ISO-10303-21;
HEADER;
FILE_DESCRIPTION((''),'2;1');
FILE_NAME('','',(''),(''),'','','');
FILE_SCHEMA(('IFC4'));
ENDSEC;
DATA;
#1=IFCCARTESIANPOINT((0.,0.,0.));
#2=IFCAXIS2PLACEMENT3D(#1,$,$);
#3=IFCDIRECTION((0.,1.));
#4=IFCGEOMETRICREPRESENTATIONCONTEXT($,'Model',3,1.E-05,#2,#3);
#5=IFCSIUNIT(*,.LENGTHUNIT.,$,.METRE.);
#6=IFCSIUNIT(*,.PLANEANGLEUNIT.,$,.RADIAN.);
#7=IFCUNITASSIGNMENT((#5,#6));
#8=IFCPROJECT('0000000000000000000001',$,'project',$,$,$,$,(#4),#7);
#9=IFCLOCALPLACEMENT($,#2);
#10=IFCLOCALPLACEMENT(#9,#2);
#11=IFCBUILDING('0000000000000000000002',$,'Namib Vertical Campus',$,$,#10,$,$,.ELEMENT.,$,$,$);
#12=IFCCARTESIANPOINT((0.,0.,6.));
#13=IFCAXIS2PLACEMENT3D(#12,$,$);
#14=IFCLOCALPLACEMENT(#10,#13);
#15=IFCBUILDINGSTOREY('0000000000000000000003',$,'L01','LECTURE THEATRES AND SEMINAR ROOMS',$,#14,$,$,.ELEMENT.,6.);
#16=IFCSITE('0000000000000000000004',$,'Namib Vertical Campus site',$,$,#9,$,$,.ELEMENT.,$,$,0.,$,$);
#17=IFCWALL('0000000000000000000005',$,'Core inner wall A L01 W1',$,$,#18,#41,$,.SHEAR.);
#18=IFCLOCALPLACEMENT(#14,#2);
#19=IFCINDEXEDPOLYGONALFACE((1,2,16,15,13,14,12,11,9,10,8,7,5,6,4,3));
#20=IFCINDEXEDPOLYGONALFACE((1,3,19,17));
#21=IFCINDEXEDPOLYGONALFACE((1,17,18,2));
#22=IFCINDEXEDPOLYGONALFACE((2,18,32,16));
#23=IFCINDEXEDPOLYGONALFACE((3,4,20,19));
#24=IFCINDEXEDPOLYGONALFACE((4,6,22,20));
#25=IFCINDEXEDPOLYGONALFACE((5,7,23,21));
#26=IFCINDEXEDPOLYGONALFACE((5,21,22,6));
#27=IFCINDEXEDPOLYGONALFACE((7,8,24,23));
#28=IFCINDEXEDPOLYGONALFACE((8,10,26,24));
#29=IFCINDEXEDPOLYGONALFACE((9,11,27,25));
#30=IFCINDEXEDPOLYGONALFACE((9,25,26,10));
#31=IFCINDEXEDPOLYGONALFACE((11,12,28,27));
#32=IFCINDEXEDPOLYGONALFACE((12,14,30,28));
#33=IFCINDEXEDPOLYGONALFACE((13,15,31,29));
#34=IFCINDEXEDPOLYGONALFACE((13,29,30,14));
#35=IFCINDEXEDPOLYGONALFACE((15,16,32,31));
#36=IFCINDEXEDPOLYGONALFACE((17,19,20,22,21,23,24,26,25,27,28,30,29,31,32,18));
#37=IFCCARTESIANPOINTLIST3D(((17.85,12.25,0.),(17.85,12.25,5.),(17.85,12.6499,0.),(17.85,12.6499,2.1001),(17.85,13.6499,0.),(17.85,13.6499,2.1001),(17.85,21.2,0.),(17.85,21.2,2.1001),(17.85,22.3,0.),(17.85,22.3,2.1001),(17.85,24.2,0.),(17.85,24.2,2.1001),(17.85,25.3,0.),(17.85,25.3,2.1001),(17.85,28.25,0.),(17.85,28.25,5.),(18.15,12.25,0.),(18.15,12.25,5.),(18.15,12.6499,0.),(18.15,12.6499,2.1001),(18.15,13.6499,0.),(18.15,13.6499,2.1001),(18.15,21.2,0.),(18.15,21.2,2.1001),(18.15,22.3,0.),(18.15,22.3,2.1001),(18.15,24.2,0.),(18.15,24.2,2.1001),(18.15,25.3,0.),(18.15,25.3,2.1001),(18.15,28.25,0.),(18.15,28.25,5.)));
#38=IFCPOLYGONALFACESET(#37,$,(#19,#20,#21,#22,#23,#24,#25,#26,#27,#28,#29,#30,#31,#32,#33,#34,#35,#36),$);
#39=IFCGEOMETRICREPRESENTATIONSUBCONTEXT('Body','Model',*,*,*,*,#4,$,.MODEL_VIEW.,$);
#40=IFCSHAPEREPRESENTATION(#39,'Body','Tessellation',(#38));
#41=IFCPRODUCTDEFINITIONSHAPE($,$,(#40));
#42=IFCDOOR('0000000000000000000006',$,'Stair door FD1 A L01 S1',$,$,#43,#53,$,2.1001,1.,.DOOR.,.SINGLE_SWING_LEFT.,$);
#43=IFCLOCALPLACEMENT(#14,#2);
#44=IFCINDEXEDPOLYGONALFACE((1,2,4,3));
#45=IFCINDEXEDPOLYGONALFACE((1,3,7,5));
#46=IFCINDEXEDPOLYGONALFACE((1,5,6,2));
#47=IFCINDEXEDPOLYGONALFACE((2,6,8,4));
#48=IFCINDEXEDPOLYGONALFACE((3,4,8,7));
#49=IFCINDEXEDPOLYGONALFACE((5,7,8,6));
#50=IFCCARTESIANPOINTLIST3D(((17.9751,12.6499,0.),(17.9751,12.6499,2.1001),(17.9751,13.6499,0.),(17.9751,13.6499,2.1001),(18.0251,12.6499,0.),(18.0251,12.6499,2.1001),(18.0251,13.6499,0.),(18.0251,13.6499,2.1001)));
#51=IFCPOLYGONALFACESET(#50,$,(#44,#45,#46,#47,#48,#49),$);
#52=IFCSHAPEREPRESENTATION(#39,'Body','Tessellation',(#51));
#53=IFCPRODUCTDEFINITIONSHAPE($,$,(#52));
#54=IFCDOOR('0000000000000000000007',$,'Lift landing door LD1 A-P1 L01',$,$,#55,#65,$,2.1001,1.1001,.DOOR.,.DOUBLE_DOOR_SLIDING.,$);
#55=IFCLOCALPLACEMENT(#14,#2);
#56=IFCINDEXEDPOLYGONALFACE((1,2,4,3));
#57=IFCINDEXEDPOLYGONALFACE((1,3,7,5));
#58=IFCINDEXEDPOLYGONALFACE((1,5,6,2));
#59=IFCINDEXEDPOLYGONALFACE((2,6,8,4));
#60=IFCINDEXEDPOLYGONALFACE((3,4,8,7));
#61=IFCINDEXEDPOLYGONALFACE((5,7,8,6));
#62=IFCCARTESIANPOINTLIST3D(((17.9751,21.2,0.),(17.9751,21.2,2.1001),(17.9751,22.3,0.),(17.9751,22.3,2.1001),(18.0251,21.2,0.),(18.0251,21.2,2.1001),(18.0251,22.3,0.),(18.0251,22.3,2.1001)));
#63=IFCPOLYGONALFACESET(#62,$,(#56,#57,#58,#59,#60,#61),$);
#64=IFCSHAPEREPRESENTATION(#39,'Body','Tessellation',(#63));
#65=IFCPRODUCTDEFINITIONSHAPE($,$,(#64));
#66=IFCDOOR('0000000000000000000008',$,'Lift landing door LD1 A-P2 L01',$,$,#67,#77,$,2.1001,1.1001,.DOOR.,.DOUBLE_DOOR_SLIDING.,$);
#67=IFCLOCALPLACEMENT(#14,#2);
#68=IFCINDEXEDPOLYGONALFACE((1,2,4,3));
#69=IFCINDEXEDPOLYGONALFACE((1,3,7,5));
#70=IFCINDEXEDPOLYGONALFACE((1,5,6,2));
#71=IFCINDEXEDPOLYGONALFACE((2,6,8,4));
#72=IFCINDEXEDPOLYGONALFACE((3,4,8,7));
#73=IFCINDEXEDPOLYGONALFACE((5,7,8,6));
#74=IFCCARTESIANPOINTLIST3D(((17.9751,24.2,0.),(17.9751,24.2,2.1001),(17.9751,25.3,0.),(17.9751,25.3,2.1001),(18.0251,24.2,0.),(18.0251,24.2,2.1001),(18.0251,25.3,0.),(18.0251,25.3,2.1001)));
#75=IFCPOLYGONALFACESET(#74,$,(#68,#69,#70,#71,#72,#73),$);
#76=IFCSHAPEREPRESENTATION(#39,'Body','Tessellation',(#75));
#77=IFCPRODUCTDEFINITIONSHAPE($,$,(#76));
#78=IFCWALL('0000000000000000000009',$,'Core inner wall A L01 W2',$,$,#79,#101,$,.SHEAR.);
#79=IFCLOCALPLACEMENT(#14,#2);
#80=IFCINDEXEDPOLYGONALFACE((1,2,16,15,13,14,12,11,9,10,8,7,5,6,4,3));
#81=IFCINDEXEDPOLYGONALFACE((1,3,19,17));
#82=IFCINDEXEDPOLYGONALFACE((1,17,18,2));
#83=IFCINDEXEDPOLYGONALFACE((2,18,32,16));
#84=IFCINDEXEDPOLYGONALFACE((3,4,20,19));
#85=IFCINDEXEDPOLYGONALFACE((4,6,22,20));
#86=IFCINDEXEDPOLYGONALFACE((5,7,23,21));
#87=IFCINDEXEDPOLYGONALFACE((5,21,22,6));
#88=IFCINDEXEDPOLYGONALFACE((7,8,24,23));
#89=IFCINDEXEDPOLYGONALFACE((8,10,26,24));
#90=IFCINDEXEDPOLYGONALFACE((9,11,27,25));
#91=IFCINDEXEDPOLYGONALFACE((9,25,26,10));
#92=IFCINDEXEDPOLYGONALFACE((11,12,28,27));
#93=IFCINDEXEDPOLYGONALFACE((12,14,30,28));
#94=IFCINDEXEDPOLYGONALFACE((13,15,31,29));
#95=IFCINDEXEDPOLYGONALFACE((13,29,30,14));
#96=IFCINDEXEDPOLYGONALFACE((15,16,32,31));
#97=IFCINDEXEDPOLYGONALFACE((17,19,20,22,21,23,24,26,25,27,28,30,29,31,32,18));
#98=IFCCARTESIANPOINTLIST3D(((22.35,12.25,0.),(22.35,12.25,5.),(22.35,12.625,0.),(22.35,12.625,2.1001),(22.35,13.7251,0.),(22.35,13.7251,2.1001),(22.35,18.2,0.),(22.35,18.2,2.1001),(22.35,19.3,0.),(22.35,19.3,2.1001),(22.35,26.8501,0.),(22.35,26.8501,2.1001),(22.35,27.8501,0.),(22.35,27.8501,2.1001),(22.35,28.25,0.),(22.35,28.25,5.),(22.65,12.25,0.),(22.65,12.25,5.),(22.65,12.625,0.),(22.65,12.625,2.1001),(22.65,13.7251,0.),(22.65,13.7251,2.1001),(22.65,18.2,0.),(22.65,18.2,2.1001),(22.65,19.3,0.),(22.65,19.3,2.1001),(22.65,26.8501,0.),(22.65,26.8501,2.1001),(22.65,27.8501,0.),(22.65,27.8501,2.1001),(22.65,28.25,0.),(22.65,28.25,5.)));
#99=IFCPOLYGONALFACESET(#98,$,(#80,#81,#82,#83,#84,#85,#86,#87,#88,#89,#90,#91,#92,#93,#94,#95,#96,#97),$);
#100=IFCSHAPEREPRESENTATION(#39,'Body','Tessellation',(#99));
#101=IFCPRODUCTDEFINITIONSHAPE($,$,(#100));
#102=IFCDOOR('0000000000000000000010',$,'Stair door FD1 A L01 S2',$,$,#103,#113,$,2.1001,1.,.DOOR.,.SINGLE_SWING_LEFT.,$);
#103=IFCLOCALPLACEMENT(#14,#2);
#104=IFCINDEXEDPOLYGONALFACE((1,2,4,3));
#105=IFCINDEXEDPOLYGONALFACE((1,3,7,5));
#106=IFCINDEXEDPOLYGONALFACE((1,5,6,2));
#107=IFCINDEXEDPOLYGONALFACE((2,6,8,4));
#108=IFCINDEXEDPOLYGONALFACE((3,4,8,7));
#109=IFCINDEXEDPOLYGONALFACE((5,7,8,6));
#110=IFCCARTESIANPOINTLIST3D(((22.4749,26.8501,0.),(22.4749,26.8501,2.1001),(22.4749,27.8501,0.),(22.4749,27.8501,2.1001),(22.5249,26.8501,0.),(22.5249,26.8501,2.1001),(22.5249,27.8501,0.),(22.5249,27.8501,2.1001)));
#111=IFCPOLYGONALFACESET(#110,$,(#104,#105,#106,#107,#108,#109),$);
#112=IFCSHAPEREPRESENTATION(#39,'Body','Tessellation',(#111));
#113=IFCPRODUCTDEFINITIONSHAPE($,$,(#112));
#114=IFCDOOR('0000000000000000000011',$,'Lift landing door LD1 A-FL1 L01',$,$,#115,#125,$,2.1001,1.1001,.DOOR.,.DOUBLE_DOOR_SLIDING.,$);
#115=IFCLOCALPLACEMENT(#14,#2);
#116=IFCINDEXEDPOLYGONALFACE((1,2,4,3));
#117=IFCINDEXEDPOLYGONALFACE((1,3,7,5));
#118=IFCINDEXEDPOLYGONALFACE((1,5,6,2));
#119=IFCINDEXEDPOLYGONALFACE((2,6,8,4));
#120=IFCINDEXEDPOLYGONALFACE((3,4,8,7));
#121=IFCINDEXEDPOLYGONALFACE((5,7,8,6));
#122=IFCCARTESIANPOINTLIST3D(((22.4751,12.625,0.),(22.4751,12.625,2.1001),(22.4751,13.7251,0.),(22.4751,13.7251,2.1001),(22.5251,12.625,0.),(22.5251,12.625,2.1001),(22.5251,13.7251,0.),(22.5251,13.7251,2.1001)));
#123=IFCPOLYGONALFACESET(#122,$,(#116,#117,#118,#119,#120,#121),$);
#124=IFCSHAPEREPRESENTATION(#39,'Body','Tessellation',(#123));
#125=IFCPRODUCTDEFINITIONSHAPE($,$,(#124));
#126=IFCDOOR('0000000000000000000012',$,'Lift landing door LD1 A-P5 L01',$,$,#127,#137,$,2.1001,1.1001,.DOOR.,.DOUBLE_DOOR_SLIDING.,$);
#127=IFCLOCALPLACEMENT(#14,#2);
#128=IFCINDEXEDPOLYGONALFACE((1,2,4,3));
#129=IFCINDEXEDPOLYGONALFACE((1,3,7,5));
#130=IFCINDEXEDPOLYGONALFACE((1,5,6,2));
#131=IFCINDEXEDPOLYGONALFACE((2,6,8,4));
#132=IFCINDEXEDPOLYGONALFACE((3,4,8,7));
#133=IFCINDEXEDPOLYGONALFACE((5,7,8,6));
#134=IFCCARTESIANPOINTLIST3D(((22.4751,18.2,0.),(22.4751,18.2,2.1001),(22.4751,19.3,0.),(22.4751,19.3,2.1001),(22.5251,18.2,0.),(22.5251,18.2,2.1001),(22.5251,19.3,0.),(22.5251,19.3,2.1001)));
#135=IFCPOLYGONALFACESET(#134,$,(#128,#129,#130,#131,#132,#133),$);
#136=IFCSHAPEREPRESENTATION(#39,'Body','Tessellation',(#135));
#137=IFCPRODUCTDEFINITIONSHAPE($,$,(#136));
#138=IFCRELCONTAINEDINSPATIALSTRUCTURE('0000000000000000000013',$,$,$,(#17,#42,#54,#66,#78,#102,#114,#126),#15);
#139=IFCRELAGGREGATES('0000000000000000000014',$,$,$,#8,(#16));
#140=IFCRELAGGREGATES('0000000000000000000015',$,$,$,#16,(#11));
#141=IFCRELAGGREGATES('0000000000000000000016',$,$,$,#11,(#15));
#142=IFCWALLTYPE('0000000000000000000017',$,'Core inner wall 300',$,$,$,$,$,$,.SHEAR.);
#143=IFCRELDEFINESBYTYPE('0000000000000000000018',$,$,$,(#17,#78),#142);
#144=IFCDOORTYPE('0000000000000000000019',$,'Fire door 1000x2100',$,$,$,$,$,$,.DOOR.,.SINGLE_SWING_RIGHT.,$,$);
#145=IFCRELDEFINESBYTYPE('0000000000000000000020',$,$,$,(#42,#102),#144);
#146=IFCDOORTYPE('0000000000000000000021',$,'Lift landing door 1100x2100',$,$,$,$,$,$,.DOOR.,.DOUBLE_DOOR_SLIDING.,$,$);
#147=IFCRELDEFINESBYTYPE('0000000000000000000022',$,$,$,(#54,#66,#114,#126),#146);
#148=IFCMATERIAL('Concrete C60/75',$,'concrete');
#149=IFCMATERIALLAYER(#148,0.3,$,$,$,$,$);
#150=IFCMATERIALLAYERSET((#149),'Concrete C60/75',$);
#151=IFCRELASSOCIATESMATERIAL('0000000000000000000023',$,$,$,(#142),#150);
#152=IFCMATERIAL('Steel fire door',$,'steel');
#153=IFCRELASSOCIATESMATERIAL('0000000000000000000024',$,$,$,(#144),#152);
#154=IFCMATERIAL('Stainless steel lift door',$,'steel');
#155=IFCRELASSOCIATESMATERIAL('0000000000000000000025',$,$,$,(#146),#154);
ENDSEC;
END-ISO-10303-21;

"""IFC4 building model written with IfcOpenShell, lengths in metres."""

from ifc_helpers import new_model, si_unit, direction, frame, frame_2d, origin, place, context, subcontext, project, spatial, rectangle, extrude, material, layer, layer_set, type_object, element, fill, save


model = new_model("IFC4")

# Units and contexts
model_context = context("Model", 3, precision=1e-05, world=origin(), true_north=direction((0.0, 1.0)))
body_context = subcontext(model_context, "Body", "Model", "MODEL_VIEW")
ifc_project = project(units=[si_unit("LENGTHUNIT", "METRE"), si_unit("PLANEANGLEUNIT", "RADIAN")], contexts=[model_context])

# Site, building, storey
site_placement = place(None, origin())
site = spatial("IfcSite", under=ifc_project, at=site_placement, Name="Namib Vertical Campus site", CompositionType="ELEMENT", RefElevation=0.0)
building_placement = place(site_placement, origin())
building = spatial("IfcBuilding", under=site, at=building_placement, Name="Namib Vertical Campus", CompositionType="ELEMENT")
storey_placement = place(building_placement, frame((0.0, 0.0, 6.0)))
storey = spatial("IfcBuildingStorey", under=building, at=storey_placement, Name="L01", Description="LECTURE THEATRES AND SEMINAR ROOMS", CompositionType="ELEMENT", Elevation=6.0)

# Walls, openings, doors
ifc_material_1 = material(Name="Concrete C60/75", Category="concrete")
ifc_layer_1 = layer(ifc_material_1, 0.3)
ifc_layer_set_1 = layer_set([ifc_layer_1], Name="Concrete C60/75")
wall_type_1 = type_object("IfcWallType", Name="Core inner wall 300", PredefinedType="SHEAR", material=ifc_layer_set_1)
wall_1_placement = place(storey_placement, frame((18.0, 12.25, 0.0), z_axis=(0.0, 0.0, 1.0), x_axis=(0.0, 1.0, 0.0)))
wall_1 = element("IfcWall", 1, at=wall_1_placement, inside=storey, type_object=wall_type_1, Name="Core inner wall A L01 W1", PredefinedType="SHEAR", context=body_context, shape_type="SweptSolid", body=[
    extrude(rectangle(XDim=16.0, YDim=0.3, at=frame_2d((8.0, 0.0))), origin(), (0.0, 0.0, 1.0), 5.0),
])
opening_1_placement = place(wall_1_placement, frame((0.3999, 0.0, 0.0)))
opening_1 = element("IfcOpeningElement", 2, at=opening_1_placement, cuts=wall_1, PredefinedType="OPENING", context=body_context, shape_type="SweptSolid", body=[
    extrude(rectangle(XDim=1.0, YDim=2.1001, at=frame_2d((0.5, 1.05))), frame((0.0, 0.1599, 0.0), z_axis=(0.0, -1.0, 0.0), x_axis=(1.0, 0.0, 0.0)), (0.0, 0.0, 1.0), 0.3201),
])
opening_2_placement = place(wall_1_placement, frame((8.95, 0.0, 0.0)))
opening_2 = element("IfcOpeningElement", 3, at=opening_2_placement, cuts=wall_1, PredefinedType="OPENING", context=body_context, shape_type="SweptSolid", body=[
    extrude(rectangle(XDim=1.1001, YDim=2.1001, at=frame_2d((0.55, 1.05))), frame((0.0, 0.1599, 0.0), z_axis=(0.0, -1.0, 0.0), x_axis=(1.0, 0.0, 0.0)), (0.0, 0.0, 1.0), 0.3201),
])
opening_3_placement = place(wall_1_placement, frame((11.95, 0.0, 0.0)))
opening_3 = element("IfcOpeningElement", 4, at=opening_3_placement, cuts=wall_1, PredefinedType="OPENING", context=body_context, shape_type="SweptSolid", body=[
    extrude(rectangle(XDim=1.1001, YDim=2.1001, at=frame_2d((0.55, 1.05))), frame((0.0, 0.1599, 0.0), z_axis=(0.0, -1.0, 0.0), x_axis=(1.0, 0.0, 0.0)), (0.0, 0.0, 1.0), 0.3201),
])
ifc_material_2 = material(Name="Steel fire door", Category="steel")
door_type_1 = type_object("IfcDoorType", Name="Fire door 1000x2100", OperationType="SINGLE_SWING_RIGHT", PredefinedType="DOOR", material=ifc_material_2)
door_1_placement = place(opening_1_placement, origin())
door_1 = element("IfcDoor", 5, at=door_1_placement, inside=storey, type_object=door_type_1, Name="Stair door FD1 A L01 S1", OperationType="SINGLE_SWING_LEFT", OverallHeight=2.1001, OverallWidth=1.0, PredefinedType="DOOR", context=body_context, shape_type="SweptSolid", body=[
    extrude(rectangle(XDim=1.0, YDim=2.1001, at=frame_2d((0.5, 1.05))), frame((0.0, 0.0249, 0.0), z_axis=(0.0, -1.0, 0.0), x_axis=(1.0, 0.0, 0.0)), (0.0, 0.0, 1.0), 0.05),
])
fill(opening_1, door_1)
ifc_material_3 = material(Name="Stainless steel lift door", Category="steel")
door_type_2 = type_object("IfcDoorType", Name="Lift landing door 1100x2100", OperationType="DOUBLE_DOOR_SLIDING", PredefinedType="DOOR", material=ifc_material_3)
door_2_placement = place(opening_2_placement, origin())
door_2 = element("IfcDoor", 6, at=door_2_placement, inside=storey, type_object=door_type_2, Name="Lift landing door LD1 A-P1 L01", OperationType="DOUBLE_DOOR_SLIDING", OverallHeight=2.1001, OverallWidth=1.1001, PredefinedType="DOOR", context=body_context, shape_type="SweptSolid", body=[
    extrude(rectangle(XDim=1.1001, YDim=2.1001, at=frame_2d((0.55, 1.05))), frame((0.0, 0.0249, 0.0), z_axis=(0.0, -1.0, 0.0), x_axis=(1.0, 0.0, 0.0)), (0.0, 0.0, 1.0), 0.05),
])
fill(opening_2, door_2)
door_3_placement = place(opening_3_placement, origin())
door_3 = element("IfcDoor", 7, at=door_3_placement, inside=storey, type_object=door_type_2, Name="Lift landing door LD1 A-P2 L01", OperationType="DOUBLE_DOOR_SLIDING", OverallHeight=2.1001, OverallWidth=1.1001, PredefinedType="DOOR", context=body_context, shape_type="SweptSolid", body=[
    extrude(rectangle(XDim=1.1001, YDim=2.1001, at=frame_2d((0.55, 1.05))), frame((0.0, 0.0249, 0.0), z_axis=(0.0, -1.0, 0.0), x_axis=(1.0, 0.0, 0.0)), (0.0, 0.0, 1.0), 0.05),
])
fill(opening_3, door_3)
wall_2_placement = place(storey_placement, frame((22.5, 12.25, 0.0), z_axis=(0.0, 0.0, 1.0), x_axis=(0.0, 1.0, 0.0)))
wall_2 = element("IfcWall", 8, at=wall_2_placement, inside=storey, type_object=wall_type_1, Name="Core inner wall A L01 W2", PredefinedType="SHEAR", context=body_context, shape_type="SweptSolid", body=[
    extrude(rectangle(XDim=16.0, YDim=0.3, at=frame_2d((8.0, 0.0))), origin(), (0.0, 0.0, 1.0), 5.0),
])
opening_4_placement = place(wall_2_placement, frame((14.6001, 0.0, 0.0)))
opening_4 = element("IfcOpeningElement", 9, at=opening_4_placement, cuts=wall_2, PredefinedType="OPENING", context=body_context, shape_type="SweptSolid", body=[
    extrude(rectangle(XDim=1.0, YDim=2.1001, at=frame_2d((0.5, 1.05))), frame((0.0, 0.1599, 0.0), z_axis=(0.0, -1.0, 0.0), x_axis=(1.0, 0.0, 0.0)), (0.0, 0.0, 1.0), 0.3201),
])
opening_5_placement = place(wall_2_placement, frame((0.375, 0.0, 0.0)))
opening_5 = element("IfcOpeningElement", 10, at=opening_5_placement, cuts=wall_2, PredefinedType="OPENING", context=body_context, shape_type="SweptSolid", body=[
    extrude(rectangle(XDim=1.1001, YDim=2.1001, at=frame_2d((0.55, 1.05))), frame((0.0, 0.1599, 0.0), z_axis=(0.0, -1.0, 0.0), x_axis=(1.0, 0.0, 0.0)), (0.0, 0.0, 1.0), 0.3201),
])
opening_6_placement = place(wall_2_placement, frame((5.95, 0.0, 0.0)))
opening_6 = element("IfcOpeningElement", 11, at=opening_6_placement, cuts=wall_2, PredefinedType="OPENING", context=body_context, shape_type="SweptSolid", body=[
    extrude(rectangle(XDim=1.1001, YDim=2.1001, at=frame_2d((0.55, 1.05))), frame((0.0, 0.1599, 0.0), z_axis=(0.0, -1.0, 0.0), x_axis=(1.0, 0.0, 0.0)), (0.0, 0.0, 1.0), 0.3201),
])
door_4_placement = place(opening_4_placement, frame((1.0, 0.0, 0.0), z_axis=(0.0, 0.0, 1.0), x_axis=(-1.0, 0.0, 0.0)))
door_4 = element("IfcDoor", 12, at=door_4_placement, inside=storey, type_object=door_type_1, Name="Stair door FD1 A L01 S2", OperationType="SINGLE_SWING_LEFT", OverallHeight=2.1001, OverallWidth=1.0, PredefinedType="DOOR", context=body_context, shape_type="SweptSolid", body=[
    extrude(rectangle(XDim=1.0, YDim=2.1001, at=frame_2d((0.5, 1.05))), frame((0.0, 0.0249, 0.0), z_axis=(0.0, -1.0, 0.0), x_axis=(1.0, 0.0, 0.0)), (0.0, 0.0, 1.0), 0.05),
])
fill(opening_4, door_4)
door_5_placement = place(opening_5_placement, origin())
door_5 = element("IfcDoor", 13, at=door_5_placement, inside=storey, type_object=door_type_2, Name="Lift landing door LD1 A-FL1 L01", OperationType="DOUBLE_DOOR_SLIDING", OverallHeight=2.1001, OverallWidth=1.1001, PredefinedType="DOOR", context=body_context, shape_type="SweptSolid", body=[
    extrude(rectangle(XDim=1.1001, YDim=2.1001, at=frame_2d((0.55, 1.05))), frame((0.0, 0.0249, 0.0), z_axis=(0.0, -1.0, 0.0), x_axis=(1.0, 0.0, 0.0)), (0.0, 0.0, 1.0), 0.05),
])
fill(opening_5, door_5)
door_6_placement = place(opening_6_placement, origin())
door_6 = element("IfcDoor", 14, at=door_6_placement, inside=storey, type_object=door_type_2, Name="Lift landing door LD1 A-P5 L01", OperationType="DOUBLE_DOOR_SLIDING", OverallHeight=2.1001, OverallWidth=1.1001, PredefinedType="DOOR", context=body_context, shape_type="SweptSolid", body=[
    extrude(rectangle(XDim=1.1001, YDim=2.1001, at=frame_2d((0.55, 1.05))), frame((0.0, 0.0249, 0.0), z_axis=(0.0, -1.0, 0.0), x_axis=(1.0, 0.0, 0.0)), (0.0, 0.0, 1.0), 0.05),
])
fill(opening_6, door_6)

save(model, "model.ifc")
